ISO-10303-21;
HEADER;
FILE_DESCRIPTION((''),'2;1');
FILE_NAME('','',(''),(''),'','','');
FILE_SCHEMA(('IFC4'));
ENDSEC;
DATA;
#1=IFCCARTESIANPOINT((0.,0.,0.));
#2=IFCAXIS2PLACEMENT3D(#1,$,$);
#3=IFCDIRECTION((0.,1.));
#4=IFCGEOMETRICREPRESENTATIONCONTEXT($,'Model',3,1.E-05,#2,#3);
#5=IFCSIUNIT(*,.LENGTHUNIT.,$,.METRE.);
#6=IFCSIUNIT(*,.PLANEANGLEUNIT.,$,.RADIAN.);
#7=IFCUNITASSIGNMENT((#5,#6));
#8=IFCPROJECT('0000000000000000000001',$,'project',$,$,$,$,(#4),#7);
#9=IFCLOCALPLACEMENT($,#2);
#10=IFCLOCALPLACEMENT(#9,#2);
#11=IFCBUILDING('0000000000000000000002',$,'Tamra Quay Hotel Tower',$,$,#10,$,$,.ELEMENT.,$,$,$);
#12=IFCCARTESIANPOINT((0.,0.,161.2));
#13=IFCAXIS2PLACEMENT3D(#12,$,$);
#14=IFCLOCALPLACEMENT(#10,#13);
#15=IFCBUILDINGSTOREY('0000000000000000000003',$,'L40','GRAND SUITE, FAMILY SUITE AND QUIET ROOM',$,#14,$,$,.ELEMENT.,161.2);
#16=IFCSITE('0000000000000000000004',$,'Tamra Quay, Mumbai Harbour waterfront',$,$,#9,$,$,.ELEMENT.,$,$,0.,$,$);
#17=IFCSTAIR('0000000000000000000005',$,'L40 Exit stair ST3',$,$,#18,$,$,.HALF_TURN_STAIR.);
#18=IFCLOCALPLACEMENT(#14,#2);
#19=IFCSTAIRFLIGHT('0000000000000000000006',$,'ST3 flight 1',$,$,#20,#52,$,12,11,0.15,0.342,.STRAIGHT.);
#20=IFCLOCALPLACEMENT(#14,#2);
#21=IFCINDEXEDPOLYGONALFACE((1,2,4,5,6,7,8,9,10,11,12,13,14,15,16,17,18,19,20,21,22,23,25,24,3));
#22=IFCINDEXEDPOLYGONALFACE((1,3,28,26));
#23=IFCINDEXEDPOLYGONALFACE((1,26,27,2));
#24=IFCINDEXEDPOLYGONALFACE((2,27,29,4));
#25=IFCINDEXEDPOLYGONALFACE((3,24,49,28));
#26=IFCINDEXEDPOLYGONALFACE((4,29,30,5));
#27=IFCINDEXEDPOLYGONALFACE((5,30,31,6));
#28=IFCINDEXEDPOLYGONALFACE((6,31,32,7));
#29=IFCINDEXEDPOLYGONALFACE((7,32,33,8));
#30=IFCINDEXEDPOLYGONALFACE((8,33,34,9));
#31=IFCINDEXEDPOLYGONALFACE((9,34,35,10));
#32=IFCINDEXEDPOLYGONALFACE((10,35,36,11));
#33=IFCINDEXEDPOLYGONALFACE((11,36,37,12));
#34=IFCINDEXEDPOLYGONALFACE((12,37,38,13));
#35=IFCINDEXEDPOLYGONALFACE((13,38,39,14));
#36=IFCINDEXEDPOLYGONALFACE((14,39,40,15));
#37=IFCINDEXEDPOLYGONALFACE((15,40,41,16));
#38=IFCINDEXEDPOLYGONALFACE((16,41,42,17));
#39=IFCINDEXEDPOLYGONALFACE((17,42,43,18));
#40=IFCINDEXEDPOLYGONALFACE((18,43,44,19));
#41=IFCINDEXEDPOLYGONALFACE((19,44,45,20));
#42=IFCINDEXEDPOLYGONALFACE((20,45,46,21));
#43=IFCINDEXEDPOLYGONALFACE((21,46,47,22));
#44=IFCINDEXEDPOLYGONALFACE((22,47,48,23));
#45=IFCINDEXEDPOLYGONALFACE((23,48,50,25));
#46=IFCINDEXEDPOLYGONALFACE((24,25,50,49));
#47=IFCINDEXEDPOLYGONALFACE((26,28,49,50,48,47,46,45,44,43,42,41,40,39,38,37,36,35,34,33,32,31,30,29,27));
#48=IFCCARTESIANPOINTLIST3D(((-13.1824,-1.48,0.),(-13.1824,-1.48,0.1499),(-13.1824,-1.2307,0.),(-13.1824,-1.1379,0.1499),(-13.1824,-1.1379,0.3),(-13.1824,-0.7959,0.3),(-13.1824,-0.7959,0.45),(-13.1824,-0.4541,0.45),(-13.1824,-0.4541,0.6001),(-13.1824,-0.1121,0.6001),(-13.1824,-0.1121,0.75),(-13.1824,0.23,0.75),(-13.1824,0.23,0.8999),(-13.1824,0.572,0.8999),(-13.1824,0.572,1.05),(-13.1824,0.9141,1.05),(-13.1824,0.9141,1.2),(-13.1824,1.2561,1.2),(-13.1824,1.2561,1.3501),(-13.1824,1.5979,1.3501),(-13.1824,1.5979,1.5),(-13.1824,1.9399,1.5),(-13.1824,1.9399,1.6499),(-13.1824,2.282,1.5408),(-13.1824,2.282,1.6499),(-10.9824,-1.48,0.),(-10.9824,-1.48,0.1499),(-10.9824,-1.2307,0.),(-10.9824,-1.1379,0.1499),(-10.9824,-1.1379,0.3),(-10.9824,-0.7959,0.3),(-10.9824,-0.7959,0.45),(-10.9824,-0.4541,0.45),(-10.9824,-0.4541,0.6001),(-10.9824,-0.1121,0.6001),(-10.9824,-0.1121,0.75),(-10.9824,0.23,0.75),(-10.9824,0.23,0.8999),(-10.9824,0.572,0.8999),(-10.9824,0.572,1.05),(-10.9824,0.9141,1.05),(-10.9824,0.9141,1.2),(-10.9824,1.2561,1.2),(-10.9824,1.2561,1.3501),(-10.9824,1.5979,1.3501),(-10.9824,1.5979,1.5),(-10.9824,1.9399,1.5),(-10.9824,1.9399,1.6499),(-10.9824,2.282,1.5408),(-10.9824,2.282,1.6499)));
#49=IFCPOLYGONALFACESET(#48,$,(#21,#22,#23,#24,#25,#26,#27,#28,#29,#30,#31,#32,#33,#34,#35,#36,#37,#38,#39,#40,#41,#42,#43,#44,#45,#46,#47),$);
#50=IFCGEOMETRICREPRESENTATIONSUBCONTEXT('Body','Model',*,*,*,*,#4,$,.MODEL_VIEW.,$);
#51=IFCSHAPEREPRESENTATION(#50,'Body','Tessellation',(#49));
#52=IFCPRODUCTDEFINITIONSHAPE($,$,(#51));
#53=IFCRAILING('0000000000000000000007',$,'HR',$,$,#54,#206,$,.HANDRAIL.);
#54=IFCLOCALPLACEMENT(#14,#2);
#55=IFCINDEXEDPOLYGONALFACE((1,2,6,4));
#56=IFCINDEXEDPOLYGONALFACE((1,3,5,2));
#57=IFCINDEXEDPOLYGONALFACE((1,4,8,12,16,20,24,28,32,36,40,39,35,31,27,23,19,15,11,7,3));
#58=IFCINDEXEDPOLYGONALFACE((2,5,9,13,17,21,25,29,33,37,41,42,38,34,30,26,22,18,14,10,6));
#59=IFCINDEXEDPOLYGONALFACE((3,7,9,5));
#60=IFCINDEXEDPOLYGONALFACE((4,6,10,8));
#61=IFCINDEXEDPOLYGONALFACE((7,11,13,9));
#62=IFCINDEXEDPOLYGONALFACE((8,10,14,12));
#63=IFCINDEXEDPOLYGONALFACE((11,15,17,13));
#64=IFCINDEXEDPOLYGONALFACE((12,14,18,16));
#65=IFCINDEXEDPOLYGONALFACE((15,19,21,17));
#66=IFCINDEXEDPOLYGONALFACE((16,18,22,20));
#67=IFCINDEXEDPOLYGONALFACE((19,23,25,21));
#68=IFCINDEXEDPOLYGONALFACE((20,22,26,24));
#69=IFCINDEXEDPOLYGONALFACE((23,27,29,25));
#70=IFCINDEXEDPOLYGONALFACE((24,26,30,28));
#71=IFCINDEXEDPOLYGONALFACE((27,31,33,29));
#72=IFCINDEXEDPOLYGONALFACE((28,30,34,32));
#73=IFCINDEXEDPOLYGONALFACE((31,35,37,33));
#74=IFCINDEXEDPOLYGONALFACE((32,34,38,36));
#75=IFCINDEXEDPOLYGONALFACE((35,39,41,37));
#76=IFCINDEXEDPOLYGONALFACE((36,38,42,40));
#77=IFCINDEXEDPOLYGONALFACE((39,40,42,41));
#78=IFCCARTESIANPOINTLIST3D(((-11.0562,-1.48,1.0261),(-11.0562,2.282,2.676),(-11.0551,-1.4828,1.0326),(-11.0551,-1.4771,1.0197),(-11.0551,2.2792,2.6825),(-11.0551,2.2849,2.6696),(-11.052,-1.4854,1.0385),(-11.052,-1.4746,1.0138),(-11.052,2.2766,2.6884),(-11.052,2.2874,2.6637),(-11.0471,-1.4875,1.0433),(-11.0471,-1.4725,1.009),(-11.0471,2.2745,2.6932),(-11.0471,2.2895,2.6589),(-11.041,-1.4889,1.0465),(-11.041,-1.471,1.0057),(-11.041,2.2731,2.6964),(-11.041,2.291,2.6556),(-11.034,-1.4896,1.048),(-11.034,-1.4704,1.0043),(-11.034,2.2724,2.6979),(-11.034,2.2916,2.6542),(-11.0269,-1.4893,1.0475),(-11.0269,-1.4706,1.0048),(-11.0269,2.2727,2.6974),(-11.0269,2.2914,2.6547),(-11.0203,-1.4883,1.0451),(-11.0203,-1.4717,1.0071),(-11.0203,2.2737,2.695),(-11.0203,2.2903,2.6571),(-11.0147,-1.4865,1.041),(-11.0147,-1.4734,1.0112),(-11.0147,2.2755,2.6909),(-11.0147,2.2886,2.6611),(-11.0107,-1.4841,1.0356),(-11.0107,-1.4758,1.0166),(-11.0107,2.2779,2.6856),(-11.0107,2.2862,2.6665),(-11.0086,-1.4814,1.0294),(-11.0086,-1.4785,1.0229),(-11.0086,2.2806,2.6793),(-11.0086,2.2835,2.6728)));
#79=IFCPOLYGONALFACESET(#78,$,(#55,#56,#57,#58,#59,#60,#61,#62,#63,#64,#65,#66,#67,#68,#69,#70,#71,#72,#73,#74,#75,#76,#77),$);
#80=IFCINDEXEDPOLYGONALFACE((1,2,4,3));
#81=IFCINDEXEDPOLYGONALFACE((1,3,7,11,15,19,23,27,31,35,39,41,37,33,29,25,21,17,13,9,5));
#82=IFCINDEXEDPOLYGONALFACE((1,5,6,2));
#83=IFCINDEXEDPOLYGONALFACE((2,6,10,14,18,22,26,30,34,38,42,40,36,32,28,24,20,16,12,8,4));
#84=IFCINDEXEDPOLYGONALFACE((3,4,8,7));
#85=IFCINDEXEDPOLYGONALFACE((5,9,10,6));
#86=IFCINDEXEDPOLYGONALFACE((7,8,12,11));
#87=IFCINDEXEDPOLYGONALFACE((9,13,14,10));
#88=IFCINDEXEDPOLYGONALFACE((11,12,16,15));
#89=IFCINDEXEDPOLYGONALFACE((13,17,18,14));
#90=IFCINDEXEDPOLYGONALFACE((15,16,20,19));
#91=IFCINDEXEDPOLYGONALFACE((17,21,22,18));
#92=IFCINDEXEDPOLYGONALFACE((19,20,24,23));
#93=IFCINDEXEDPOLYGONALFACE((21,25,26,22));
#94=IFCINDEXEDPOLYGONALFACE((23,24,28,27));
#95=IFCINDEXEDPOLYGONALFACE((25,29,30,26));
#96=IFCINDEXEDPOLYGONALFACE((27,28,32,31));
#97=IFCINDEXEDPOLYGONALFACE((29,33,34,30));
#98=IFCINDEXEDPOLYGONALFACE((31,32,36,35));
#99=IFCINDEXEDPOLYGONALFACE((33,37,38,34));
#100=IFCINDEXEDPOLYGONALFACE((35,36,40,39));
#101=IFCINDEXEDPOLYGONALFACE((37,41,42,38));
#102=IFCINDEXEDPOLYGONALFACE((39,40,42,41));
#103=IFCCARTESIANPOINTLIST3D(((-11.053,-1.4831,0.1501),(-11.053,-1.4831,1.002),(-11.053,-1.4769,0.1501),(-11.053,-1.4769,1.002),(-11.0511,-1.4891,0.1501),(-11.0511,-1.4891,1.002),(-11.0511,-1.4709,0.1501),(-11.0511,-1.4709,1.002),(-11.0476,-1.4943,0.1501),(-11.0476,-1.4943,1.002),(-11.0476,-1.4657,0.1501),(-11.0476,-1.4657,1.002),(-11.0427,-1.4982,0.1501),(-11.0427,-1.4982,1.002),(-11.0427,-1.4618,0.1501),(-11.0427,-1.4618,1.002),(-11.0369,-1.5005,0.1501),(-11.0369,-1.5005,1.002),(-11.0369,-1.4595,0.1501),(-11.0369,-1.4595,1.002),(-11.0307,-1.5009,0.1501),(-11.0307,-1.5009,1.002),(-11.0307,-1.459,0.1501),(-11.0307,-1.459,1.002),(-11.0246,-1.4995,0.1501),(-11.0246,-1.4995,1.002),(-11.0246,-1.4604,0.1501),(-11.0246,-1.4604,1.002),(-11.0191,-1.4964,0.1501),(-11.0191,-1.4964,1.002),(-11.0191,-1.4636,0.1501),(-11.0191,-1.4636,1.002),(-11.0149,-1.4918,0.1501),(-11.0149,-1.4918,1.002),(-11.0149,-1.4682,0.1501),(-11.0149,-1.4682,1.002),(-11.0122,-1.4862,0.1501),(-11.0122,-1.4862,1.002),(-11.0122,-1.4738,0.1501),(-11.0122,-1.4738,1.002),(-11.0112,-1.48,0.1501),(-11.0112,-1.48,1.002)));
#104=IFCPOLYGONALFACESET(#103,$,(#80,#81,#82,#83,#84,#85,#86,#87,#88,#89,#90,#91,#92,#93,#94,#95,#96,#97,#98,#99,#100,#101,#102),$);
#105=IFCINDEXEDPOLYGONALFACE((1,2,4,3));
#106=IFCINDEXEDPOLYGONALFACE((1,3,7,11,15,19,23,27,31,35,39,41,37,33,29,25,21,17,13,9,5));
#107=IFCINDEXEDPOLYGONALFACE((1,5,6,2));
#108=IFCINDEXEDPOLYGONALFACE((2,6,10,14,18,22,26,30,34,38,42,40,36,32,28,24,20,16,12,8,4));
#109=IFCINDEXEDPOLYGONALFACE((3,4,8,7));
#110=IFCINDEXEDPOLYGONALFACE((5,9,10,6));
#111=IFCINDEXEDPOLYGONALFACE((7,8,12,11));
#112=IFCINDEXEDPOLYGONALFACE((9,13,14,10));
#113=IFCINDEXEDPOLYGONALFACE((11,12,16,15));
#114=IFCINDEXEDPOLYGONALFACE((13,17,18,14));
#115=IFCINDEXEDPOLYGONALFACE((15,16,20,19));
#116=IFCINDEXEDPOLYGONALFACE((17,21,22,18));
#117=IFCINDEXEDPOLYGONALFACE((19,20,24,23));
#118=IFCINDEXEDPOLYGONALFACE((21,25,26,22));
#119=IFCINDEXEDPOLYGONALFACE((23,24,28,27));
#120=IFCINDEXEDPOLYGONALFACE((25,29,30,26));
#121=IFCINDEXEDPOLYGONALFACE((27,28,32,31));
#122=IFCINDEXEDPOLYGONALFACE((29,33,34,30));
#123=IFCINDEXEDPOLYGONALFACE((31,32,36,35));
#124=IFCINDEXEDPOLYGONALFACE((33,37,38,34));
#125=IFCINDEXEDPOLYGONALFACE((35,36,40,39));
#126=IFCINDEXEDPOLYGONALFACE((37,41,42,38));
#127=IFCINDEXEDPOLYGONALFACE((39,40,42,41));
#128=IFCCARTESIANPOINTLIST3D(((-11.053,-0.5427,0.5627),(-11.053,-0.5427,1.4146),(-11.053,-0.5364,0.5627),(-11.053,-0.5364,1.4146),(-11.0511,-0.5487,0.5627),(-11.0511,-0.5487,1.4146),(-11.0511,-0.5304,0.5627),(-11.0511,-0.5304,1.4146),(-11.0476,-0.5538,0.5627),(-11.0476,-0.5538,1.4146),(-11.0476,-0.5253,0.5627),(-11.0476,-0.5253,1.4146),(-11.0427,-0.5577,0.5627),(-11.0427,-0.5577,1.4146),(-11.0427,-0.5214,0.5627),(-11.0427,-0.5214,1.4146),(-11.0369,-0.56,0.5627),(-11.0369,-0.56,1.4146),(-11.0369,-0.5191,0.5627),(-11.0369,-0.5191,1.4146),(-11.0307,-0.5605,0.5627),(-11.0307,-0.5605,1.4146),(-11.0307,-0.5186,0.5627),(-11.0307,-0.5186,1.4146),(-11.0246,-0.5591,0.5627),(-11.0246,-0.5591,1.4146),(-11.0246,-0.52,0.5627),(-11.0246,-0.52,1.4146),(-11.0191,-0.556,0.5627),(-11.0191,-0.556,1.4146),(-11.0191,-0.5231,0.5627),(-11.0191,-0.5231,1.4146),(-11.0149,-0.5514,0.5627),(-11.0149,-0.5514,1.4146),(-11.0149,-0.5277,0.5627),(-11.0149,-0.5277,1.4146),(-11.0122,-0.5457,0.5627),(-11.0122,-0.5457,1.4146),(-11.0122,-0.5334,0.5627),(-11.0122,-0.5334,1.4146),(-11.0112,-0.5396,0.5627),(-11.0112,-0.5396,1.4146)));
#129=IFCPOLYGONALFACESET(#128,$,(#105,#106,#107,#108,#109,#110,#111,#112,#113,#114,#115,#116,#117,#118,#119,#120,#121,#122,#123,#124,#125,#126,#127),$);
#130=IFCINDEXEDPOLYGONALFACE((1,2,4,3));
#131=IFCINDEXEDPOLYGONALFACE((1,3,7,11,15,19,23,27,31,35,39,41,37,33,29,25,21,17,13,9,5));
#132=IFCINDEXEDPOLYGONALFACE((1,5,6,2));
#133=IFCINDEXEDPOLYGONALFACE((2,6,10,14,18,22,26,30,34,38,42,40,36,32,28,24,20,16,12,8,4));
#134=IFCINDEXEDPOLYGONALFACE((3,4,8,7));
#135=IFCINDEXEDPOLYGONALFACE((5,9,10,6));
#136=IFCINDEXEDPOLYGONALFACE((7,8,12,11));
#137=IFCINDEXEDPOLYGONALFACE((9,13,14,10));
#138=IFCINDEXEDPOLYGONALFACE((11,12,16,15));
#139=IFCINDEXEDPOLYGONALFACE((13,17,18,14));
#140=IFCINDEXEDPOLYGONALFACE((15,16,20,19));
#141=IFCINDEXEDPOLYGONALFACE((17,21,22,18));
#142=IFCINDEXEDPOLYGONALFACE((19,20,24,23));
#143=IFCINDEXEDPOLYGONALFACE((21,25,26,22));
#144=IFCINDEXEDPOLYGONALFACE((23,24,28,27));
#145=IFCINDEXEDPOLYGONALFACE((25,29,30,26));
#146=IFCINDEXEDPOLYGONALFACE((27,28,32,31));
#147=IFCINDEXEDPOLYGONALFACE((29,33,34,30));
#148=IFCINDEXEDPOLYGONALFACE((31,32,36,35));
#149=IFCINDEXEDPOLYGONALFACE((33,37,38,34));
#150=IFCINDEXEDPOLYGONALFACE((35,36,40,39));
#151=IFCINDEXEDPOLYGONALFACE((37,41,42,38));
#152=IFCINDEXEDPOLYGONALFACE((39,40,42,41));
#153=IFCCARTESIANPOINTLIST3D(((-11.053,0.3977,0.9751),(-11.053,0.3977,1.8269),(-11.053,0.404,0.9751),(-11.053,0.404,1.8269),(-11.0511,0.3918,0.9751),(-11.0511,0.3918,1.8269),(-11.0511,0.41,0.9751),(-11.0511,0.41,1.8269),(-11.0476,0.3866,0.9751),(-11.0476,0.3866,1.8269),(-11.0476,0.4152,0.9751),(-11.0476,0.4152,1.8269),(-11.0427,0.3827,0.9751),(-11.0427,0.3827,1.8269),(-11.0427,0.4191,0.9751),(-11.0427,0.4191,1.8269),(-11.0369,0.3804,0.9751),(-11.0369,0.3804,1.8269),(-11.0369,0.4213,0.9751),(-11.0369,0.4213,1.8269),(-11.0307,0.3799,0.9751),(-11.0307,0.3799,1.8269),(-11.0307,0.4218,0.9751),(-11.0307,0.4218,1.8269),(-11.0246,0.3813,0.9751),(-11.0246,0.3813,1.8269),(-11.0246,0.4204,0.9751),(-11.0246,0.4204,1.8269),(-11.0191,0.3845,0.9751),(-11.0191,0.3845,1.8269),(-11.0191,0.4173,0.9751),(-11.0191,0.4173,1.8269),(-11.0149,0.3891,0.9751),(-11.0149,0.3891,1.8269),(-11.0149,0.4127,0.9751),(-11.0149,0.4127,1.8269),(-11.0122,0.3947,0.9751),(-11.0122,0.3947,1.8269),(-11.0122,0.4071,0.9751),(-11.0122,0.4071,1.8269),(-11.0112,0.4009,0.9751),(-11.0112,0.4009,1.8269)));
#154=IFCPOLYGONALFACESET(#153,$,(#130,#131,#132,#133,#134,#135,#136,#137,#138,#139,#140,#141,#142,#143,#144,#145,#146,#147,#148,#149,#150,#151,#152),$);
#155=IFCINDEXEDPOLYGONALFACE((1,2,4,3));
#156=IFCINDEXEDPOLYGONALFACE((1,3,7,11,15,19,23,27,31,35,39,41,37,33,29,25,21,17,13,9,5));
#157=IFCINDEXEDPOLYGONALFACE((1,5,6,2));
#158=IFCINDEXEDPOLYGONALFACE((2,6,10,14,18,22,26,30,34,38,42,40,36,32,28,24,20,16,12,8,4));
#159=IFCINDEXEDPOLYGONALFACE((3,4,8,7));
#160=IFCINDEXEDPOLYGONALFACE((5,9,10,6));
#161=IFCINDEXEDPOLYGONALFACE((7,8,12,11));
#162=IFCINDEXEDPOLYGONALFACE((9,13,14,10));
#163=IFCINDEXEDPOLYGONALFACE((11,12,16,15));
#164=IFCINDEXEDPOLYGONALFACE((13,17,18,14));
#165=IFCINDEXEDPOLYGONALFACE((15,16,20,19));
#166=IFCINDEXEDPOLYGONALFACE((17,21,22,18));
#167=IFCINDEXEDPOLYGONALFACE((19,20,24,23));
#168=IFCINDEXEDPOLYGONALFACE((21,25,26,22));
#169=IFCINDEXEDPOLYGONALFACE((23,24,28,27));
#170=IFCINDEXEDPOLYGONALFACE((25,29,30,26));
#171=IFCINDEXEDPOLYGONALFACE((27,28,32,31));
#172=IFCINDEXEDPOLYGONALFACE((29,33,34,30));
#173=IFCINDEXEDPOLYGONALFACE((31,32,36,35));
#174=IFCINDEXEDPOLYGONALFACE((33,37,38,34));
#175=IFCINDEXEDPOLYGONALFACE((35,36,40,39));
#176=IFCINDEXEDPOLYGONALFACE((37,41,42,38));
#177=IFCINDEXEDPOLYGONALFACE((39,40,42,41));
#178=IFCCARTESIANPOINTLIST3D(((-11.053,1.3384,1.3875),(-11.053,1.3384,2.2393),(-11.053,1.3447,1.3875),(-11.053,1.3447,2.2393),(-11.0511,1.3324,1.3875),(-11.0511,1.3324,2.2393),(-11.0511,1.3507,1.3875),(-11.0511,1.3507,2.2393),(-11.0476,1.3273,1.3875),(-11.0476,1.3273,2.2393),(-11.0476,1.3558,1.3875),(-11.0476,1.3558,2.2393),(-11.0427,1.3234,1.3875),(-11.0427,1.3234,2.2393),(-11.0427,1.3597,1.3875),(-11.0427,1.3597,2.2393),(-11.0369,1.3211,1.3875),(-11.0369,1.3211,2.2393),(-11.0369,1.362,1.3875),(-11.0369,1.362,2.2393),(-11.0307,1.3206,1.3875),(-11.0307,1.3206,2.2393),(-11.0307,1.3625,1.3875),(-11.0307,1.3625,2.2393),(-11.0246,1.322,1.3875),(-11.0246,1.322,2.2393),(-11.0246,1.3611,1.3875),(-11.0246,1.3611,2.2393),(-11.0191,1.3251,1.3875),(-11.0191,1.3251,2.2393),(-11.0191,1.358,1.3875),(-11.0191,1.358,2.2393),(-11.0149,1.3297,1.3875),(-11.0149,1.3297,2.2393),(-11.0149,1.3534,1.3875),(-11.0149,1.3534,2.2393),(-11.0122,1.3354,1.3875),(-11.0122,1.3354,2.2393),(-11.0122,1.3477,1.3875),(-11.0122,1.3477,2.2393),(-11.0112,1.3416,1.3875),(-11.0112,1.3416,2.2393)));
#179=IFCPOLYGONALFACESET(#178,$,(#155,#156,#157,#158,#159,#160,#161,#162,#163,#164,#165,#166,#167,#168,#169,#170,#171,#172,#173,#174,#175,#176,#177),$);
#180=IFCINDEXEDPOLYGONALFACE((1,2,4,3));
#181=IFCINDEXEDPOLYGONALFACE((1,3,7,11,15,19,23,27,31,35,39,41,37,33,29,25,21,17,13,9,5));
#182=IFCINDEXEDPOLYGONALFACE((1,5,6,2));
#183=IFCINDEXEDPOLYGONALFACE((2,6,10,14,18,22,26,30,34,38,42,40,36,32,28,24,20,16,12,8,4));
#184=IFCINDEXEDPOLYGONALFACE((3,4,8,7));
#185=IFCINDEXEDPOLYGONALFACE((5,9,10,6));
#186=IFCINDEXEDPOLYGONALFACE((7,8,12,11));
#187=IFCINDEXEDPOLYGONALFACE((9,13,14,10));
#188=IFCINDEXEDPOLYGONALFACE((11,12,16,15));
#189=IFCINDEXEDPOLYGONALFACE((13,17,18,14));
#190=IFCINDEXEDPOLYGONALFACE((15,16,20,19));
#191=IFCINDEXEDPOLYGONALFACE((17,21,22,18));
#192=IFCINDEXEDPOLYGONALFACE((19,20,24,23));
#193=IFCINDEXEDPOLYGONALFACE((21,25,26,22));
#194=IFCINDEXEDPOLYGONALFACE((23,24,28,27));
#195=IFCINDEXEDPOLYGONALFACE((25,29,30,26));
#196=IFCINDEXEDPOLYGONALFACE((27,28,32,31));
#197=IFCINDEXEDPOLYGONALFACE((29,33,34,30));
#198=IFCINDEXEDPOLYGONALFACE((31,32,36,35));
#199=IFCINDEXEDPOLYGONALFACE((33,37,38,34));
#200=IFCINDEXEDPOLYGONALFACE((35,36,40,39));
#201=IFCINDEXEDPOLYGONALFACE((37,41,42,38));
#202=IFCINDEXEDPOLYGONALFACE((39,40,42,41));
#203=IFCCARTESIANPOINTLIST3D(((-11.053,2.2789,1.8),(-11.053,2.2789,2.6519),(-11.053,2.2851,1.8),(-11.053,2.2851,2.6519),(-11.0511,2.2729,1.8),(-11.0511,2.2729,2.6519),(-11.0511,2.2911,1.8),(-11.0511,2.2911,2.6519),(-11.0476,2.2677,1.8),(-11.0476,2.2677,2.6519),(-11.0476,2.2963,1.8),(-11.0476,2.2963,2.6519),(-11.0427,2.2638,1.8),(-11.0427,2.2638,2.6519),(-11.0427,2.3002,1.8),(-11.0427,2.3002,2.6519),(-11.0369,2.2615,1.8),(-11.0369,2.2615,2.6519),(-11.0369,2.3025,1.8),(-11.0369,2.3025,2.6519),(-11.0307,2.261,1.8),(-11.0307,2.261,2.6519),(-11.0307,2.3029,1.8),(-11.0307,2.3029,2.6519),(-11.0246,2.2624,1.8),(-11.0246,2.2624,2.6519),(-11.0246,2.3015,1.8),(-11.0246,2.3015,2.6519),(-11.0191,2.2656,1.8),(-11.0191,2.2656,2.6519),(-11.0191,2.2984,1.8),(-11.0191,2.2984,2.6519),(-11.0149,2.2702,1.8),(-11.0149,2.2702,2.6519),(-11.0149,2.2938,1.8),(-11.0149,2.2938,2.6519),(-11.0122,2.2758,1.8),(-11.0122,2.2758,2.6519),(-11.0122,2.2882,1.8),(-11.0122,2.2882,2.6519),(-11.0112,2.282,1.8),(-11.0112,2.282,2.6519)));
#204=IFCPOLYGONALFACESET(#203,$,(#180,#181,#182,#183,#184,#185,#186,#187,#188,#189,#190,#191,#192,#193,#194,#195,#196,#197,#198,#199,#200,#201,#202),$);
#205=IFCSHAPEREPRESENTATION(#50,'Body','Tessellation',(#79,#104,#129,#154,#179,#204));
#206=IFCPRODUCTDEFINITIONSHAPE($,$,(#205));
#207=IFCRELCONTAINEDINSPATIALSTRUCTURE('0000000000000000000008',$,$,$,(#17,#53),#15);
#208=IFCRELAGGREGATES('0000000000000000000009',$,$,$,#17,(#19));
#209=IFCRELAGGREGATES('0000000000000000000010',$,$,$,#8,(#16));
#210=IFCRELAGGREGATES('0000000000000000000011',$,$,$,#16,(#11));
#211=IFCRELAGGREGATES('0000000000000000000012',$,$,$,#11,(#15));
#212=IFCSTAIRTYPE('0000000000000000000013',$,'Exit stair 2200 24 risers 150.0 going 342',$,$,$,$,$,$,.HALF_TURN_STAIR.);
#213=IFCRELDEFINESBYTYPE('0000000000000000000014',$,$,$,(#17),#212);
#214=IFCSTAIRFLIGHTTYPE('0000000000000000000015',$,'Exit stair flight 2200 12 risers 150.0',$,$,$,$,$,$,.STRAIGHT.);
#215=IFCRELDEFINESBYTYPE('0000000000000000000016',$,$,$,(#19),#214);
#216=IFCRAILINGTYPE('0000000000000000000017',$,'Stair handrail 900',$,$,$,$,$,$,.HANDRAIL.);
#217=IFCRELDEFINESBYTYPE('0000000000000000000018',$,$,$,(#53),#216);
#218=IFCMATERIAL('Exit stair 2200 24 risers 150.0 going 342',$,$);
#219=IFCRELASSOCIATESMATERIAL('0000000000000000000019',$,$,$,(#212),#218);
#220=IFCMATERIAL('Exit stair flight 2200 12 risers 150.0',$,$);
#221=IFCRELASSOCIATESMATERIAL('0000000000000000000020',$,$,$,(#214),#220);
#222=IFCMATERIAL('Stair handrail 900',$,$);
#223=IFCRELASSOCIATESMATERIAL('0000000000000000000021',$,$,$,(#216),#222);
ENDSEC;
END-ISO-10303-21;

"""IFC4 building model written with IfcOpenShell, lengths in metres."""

from ifc_helpers import new_model, si_unit, direction, frame, origin, origin_2d, place, context, subcontext, project, spatial, polyline, circle, outline, extrude, material, type_object, element, aggregate, save


model = new_model("IFC4")

# Units and contexts
model_context = context("Model", 3, precision=1e-05, world=origin(), true_north=direction((0.0, 1.0)))
body_context = subcontext(model_context, "Body", "Model", "MODEL_VIEW")
ifc_project = project(units=[si_unit("LENGTHUNIT", "METRE"), si_unit("PLANEANGLEUNIT", "RADIAN")], contexts=[model_context])

# Site, building, storey
site_placement = place(None, origin())
site = spatial("IfcSite", under=ifc_project, at=site_placement, Name="Tamra Quay, Mumbai Harbour waterfront", CompositionType="ELEMENT", RefElevation=0.0)
building_placement = place(site_placement, origin())
building = spatial("IfcBuilding", under=site, at=building_placement, Name="Tamra Quay Hotel Tower", CompositionType="ELEMENT")
storey_placement = place(building_placement, frame((0.0, 0.0, 161.2)))
storey = spatial("IfcBuildingStorey", under=building, at=storey_placement, Name="L40", Description="GRAND SUITE, FAMILY SUITE AND QUIET ROOM", CompositionType="ELEMENT", Elevation=161.2)

# Stair, stair flight
ifc_material_1 = material(Name="Exit stair 2200 24 risers 150.0 going 342")
stair_type = type_object("IfcStairType", Name="Exit stair 2200 24 risers 150.0 going 342", PredefinedType="HALF_TURN_STAIR", material=ifc_material_1)
stair_placement = place(storey_placement, origin())
stair = element("IfcStair", 1, at=stair_placement, inside=storey, type_object=stair_type, Name="L40 Exit stair ST3", PredefinedType="HALF_TURN_STAIR")
ifc_material_2 = material(Name="Exit stair flight 2200 12 risers 150.0")
stair_flight_type = type_object("IfcStairFlightType", Name="Exit stair flight 2200 12 risers 150.0", PredefinedType="STRAIGHT", material=ifc_material_2)
stair_flight_placement = place(storey_placement, frame((-12.0823, -1.48, 0.0), z_axis=(0.0, 0.0, 1.0), x_axis=(0.0, 1.0, 0.0)))
stair_flight = element("IfcStairFlight", 2, at=stair_flight_placement, type_object=stair_flight_type, Name="ST3 flight 1", NumberOfRisers=12, NumberOfTreads=11, PredefinedType="STRAIGHT", RiserHeight=0.15, TreadLength=0.342, context=body_context, shape_type="SweptSolid", body=[
    extrude(outline(polyline([(0.0, 0.0), (0.0, 0.1499), (0.342, 0.1499), (0.342, 0.3), (0.6841, 0.3), (0.6841, 0.45), (1.0259, 0.45), (1.0259, 0.6001), (1.3679, 0.6001), (1.3679, 0.75), (1.71, 0.75), (1.71, 0.8999), (2.052, 0.8999), (2.052, 1.05), (2.394, 1.05), (2.394, 1.2), (2.7361, 1.2), (2.7361, 1.3501), (3.0779, 1.3501), (3.0779, 1.5), (3.4199, 1.5), (3.4199, 1.6499), (3.762, 1.6499), (3.762, 1.8), (3.762, 1.5408), (0.2493, 0.0), (0.0, 0.0)])), frame((0.0, 1.1001, 0.0), z_axis=(0.0, -1.0, 0.0), x_axis=(1.0, 0.0, 0.0)), (0.0, 0.0, 1.0), 2.2),
])
aggregate(stair, [stair_flight])

# Railing
ifc_material_3 = material(Name="Stair handrail 900")
railing_type_1 = type_object("IfcRailingType", Name="Stair handrail 900", PredefinedType="HANDRAIL", material=ifc_material_3)
railing_1_placement = place(storey_placement, frame((-11.0322, -1.48, 0.1501)))
element("IfcRailing", 3, at=railing_1_placement, inside=storey, type_object=railing_type_1, Name="HR", PredefinedType="HANDRAIL", context=body_context, shape_type="SweptSolid", body=[
    extrude(circle(Radius=0.0239, at=origin_2d()), frame((0.0, 0.0, 0.876), z_axis=(0.0, 0.915795, 0.401645), x_axis=(-1.0, 0.0, 0.0)), (0.0, 0.0, 1.0), 4.1079),
    extrude(circle(Radius=0.021, at=origin_2d()), origin(), (0.0, 0.0, 1.0), 0.8518),
    extrude(circle(Radius=0.021, at=origin_2d()), frame((0.0, 0.9404, 0.4126)), (0.0, 0.0, 1.0), 0.8518),
    extrude(circle(Radius=0.021, at=origin_2d()), frame((0.0, 1.8809, 0.825)), (0.0, 0.0, 1.0), 0.8518),
    extrude(circle(Radius=0.021, at=origin_2d()), frame((0.0, 2.8215, 1.2373)), (0.0, 0.0, 1.0), 0.8518),
    extrude(circle(Radius=0.021, at=origin_2d()), frame((0.0, 3.762, 1.6499)), (0.0, 0.0, 1.0), 0.8518),
])

save(model, "model.ifc")
